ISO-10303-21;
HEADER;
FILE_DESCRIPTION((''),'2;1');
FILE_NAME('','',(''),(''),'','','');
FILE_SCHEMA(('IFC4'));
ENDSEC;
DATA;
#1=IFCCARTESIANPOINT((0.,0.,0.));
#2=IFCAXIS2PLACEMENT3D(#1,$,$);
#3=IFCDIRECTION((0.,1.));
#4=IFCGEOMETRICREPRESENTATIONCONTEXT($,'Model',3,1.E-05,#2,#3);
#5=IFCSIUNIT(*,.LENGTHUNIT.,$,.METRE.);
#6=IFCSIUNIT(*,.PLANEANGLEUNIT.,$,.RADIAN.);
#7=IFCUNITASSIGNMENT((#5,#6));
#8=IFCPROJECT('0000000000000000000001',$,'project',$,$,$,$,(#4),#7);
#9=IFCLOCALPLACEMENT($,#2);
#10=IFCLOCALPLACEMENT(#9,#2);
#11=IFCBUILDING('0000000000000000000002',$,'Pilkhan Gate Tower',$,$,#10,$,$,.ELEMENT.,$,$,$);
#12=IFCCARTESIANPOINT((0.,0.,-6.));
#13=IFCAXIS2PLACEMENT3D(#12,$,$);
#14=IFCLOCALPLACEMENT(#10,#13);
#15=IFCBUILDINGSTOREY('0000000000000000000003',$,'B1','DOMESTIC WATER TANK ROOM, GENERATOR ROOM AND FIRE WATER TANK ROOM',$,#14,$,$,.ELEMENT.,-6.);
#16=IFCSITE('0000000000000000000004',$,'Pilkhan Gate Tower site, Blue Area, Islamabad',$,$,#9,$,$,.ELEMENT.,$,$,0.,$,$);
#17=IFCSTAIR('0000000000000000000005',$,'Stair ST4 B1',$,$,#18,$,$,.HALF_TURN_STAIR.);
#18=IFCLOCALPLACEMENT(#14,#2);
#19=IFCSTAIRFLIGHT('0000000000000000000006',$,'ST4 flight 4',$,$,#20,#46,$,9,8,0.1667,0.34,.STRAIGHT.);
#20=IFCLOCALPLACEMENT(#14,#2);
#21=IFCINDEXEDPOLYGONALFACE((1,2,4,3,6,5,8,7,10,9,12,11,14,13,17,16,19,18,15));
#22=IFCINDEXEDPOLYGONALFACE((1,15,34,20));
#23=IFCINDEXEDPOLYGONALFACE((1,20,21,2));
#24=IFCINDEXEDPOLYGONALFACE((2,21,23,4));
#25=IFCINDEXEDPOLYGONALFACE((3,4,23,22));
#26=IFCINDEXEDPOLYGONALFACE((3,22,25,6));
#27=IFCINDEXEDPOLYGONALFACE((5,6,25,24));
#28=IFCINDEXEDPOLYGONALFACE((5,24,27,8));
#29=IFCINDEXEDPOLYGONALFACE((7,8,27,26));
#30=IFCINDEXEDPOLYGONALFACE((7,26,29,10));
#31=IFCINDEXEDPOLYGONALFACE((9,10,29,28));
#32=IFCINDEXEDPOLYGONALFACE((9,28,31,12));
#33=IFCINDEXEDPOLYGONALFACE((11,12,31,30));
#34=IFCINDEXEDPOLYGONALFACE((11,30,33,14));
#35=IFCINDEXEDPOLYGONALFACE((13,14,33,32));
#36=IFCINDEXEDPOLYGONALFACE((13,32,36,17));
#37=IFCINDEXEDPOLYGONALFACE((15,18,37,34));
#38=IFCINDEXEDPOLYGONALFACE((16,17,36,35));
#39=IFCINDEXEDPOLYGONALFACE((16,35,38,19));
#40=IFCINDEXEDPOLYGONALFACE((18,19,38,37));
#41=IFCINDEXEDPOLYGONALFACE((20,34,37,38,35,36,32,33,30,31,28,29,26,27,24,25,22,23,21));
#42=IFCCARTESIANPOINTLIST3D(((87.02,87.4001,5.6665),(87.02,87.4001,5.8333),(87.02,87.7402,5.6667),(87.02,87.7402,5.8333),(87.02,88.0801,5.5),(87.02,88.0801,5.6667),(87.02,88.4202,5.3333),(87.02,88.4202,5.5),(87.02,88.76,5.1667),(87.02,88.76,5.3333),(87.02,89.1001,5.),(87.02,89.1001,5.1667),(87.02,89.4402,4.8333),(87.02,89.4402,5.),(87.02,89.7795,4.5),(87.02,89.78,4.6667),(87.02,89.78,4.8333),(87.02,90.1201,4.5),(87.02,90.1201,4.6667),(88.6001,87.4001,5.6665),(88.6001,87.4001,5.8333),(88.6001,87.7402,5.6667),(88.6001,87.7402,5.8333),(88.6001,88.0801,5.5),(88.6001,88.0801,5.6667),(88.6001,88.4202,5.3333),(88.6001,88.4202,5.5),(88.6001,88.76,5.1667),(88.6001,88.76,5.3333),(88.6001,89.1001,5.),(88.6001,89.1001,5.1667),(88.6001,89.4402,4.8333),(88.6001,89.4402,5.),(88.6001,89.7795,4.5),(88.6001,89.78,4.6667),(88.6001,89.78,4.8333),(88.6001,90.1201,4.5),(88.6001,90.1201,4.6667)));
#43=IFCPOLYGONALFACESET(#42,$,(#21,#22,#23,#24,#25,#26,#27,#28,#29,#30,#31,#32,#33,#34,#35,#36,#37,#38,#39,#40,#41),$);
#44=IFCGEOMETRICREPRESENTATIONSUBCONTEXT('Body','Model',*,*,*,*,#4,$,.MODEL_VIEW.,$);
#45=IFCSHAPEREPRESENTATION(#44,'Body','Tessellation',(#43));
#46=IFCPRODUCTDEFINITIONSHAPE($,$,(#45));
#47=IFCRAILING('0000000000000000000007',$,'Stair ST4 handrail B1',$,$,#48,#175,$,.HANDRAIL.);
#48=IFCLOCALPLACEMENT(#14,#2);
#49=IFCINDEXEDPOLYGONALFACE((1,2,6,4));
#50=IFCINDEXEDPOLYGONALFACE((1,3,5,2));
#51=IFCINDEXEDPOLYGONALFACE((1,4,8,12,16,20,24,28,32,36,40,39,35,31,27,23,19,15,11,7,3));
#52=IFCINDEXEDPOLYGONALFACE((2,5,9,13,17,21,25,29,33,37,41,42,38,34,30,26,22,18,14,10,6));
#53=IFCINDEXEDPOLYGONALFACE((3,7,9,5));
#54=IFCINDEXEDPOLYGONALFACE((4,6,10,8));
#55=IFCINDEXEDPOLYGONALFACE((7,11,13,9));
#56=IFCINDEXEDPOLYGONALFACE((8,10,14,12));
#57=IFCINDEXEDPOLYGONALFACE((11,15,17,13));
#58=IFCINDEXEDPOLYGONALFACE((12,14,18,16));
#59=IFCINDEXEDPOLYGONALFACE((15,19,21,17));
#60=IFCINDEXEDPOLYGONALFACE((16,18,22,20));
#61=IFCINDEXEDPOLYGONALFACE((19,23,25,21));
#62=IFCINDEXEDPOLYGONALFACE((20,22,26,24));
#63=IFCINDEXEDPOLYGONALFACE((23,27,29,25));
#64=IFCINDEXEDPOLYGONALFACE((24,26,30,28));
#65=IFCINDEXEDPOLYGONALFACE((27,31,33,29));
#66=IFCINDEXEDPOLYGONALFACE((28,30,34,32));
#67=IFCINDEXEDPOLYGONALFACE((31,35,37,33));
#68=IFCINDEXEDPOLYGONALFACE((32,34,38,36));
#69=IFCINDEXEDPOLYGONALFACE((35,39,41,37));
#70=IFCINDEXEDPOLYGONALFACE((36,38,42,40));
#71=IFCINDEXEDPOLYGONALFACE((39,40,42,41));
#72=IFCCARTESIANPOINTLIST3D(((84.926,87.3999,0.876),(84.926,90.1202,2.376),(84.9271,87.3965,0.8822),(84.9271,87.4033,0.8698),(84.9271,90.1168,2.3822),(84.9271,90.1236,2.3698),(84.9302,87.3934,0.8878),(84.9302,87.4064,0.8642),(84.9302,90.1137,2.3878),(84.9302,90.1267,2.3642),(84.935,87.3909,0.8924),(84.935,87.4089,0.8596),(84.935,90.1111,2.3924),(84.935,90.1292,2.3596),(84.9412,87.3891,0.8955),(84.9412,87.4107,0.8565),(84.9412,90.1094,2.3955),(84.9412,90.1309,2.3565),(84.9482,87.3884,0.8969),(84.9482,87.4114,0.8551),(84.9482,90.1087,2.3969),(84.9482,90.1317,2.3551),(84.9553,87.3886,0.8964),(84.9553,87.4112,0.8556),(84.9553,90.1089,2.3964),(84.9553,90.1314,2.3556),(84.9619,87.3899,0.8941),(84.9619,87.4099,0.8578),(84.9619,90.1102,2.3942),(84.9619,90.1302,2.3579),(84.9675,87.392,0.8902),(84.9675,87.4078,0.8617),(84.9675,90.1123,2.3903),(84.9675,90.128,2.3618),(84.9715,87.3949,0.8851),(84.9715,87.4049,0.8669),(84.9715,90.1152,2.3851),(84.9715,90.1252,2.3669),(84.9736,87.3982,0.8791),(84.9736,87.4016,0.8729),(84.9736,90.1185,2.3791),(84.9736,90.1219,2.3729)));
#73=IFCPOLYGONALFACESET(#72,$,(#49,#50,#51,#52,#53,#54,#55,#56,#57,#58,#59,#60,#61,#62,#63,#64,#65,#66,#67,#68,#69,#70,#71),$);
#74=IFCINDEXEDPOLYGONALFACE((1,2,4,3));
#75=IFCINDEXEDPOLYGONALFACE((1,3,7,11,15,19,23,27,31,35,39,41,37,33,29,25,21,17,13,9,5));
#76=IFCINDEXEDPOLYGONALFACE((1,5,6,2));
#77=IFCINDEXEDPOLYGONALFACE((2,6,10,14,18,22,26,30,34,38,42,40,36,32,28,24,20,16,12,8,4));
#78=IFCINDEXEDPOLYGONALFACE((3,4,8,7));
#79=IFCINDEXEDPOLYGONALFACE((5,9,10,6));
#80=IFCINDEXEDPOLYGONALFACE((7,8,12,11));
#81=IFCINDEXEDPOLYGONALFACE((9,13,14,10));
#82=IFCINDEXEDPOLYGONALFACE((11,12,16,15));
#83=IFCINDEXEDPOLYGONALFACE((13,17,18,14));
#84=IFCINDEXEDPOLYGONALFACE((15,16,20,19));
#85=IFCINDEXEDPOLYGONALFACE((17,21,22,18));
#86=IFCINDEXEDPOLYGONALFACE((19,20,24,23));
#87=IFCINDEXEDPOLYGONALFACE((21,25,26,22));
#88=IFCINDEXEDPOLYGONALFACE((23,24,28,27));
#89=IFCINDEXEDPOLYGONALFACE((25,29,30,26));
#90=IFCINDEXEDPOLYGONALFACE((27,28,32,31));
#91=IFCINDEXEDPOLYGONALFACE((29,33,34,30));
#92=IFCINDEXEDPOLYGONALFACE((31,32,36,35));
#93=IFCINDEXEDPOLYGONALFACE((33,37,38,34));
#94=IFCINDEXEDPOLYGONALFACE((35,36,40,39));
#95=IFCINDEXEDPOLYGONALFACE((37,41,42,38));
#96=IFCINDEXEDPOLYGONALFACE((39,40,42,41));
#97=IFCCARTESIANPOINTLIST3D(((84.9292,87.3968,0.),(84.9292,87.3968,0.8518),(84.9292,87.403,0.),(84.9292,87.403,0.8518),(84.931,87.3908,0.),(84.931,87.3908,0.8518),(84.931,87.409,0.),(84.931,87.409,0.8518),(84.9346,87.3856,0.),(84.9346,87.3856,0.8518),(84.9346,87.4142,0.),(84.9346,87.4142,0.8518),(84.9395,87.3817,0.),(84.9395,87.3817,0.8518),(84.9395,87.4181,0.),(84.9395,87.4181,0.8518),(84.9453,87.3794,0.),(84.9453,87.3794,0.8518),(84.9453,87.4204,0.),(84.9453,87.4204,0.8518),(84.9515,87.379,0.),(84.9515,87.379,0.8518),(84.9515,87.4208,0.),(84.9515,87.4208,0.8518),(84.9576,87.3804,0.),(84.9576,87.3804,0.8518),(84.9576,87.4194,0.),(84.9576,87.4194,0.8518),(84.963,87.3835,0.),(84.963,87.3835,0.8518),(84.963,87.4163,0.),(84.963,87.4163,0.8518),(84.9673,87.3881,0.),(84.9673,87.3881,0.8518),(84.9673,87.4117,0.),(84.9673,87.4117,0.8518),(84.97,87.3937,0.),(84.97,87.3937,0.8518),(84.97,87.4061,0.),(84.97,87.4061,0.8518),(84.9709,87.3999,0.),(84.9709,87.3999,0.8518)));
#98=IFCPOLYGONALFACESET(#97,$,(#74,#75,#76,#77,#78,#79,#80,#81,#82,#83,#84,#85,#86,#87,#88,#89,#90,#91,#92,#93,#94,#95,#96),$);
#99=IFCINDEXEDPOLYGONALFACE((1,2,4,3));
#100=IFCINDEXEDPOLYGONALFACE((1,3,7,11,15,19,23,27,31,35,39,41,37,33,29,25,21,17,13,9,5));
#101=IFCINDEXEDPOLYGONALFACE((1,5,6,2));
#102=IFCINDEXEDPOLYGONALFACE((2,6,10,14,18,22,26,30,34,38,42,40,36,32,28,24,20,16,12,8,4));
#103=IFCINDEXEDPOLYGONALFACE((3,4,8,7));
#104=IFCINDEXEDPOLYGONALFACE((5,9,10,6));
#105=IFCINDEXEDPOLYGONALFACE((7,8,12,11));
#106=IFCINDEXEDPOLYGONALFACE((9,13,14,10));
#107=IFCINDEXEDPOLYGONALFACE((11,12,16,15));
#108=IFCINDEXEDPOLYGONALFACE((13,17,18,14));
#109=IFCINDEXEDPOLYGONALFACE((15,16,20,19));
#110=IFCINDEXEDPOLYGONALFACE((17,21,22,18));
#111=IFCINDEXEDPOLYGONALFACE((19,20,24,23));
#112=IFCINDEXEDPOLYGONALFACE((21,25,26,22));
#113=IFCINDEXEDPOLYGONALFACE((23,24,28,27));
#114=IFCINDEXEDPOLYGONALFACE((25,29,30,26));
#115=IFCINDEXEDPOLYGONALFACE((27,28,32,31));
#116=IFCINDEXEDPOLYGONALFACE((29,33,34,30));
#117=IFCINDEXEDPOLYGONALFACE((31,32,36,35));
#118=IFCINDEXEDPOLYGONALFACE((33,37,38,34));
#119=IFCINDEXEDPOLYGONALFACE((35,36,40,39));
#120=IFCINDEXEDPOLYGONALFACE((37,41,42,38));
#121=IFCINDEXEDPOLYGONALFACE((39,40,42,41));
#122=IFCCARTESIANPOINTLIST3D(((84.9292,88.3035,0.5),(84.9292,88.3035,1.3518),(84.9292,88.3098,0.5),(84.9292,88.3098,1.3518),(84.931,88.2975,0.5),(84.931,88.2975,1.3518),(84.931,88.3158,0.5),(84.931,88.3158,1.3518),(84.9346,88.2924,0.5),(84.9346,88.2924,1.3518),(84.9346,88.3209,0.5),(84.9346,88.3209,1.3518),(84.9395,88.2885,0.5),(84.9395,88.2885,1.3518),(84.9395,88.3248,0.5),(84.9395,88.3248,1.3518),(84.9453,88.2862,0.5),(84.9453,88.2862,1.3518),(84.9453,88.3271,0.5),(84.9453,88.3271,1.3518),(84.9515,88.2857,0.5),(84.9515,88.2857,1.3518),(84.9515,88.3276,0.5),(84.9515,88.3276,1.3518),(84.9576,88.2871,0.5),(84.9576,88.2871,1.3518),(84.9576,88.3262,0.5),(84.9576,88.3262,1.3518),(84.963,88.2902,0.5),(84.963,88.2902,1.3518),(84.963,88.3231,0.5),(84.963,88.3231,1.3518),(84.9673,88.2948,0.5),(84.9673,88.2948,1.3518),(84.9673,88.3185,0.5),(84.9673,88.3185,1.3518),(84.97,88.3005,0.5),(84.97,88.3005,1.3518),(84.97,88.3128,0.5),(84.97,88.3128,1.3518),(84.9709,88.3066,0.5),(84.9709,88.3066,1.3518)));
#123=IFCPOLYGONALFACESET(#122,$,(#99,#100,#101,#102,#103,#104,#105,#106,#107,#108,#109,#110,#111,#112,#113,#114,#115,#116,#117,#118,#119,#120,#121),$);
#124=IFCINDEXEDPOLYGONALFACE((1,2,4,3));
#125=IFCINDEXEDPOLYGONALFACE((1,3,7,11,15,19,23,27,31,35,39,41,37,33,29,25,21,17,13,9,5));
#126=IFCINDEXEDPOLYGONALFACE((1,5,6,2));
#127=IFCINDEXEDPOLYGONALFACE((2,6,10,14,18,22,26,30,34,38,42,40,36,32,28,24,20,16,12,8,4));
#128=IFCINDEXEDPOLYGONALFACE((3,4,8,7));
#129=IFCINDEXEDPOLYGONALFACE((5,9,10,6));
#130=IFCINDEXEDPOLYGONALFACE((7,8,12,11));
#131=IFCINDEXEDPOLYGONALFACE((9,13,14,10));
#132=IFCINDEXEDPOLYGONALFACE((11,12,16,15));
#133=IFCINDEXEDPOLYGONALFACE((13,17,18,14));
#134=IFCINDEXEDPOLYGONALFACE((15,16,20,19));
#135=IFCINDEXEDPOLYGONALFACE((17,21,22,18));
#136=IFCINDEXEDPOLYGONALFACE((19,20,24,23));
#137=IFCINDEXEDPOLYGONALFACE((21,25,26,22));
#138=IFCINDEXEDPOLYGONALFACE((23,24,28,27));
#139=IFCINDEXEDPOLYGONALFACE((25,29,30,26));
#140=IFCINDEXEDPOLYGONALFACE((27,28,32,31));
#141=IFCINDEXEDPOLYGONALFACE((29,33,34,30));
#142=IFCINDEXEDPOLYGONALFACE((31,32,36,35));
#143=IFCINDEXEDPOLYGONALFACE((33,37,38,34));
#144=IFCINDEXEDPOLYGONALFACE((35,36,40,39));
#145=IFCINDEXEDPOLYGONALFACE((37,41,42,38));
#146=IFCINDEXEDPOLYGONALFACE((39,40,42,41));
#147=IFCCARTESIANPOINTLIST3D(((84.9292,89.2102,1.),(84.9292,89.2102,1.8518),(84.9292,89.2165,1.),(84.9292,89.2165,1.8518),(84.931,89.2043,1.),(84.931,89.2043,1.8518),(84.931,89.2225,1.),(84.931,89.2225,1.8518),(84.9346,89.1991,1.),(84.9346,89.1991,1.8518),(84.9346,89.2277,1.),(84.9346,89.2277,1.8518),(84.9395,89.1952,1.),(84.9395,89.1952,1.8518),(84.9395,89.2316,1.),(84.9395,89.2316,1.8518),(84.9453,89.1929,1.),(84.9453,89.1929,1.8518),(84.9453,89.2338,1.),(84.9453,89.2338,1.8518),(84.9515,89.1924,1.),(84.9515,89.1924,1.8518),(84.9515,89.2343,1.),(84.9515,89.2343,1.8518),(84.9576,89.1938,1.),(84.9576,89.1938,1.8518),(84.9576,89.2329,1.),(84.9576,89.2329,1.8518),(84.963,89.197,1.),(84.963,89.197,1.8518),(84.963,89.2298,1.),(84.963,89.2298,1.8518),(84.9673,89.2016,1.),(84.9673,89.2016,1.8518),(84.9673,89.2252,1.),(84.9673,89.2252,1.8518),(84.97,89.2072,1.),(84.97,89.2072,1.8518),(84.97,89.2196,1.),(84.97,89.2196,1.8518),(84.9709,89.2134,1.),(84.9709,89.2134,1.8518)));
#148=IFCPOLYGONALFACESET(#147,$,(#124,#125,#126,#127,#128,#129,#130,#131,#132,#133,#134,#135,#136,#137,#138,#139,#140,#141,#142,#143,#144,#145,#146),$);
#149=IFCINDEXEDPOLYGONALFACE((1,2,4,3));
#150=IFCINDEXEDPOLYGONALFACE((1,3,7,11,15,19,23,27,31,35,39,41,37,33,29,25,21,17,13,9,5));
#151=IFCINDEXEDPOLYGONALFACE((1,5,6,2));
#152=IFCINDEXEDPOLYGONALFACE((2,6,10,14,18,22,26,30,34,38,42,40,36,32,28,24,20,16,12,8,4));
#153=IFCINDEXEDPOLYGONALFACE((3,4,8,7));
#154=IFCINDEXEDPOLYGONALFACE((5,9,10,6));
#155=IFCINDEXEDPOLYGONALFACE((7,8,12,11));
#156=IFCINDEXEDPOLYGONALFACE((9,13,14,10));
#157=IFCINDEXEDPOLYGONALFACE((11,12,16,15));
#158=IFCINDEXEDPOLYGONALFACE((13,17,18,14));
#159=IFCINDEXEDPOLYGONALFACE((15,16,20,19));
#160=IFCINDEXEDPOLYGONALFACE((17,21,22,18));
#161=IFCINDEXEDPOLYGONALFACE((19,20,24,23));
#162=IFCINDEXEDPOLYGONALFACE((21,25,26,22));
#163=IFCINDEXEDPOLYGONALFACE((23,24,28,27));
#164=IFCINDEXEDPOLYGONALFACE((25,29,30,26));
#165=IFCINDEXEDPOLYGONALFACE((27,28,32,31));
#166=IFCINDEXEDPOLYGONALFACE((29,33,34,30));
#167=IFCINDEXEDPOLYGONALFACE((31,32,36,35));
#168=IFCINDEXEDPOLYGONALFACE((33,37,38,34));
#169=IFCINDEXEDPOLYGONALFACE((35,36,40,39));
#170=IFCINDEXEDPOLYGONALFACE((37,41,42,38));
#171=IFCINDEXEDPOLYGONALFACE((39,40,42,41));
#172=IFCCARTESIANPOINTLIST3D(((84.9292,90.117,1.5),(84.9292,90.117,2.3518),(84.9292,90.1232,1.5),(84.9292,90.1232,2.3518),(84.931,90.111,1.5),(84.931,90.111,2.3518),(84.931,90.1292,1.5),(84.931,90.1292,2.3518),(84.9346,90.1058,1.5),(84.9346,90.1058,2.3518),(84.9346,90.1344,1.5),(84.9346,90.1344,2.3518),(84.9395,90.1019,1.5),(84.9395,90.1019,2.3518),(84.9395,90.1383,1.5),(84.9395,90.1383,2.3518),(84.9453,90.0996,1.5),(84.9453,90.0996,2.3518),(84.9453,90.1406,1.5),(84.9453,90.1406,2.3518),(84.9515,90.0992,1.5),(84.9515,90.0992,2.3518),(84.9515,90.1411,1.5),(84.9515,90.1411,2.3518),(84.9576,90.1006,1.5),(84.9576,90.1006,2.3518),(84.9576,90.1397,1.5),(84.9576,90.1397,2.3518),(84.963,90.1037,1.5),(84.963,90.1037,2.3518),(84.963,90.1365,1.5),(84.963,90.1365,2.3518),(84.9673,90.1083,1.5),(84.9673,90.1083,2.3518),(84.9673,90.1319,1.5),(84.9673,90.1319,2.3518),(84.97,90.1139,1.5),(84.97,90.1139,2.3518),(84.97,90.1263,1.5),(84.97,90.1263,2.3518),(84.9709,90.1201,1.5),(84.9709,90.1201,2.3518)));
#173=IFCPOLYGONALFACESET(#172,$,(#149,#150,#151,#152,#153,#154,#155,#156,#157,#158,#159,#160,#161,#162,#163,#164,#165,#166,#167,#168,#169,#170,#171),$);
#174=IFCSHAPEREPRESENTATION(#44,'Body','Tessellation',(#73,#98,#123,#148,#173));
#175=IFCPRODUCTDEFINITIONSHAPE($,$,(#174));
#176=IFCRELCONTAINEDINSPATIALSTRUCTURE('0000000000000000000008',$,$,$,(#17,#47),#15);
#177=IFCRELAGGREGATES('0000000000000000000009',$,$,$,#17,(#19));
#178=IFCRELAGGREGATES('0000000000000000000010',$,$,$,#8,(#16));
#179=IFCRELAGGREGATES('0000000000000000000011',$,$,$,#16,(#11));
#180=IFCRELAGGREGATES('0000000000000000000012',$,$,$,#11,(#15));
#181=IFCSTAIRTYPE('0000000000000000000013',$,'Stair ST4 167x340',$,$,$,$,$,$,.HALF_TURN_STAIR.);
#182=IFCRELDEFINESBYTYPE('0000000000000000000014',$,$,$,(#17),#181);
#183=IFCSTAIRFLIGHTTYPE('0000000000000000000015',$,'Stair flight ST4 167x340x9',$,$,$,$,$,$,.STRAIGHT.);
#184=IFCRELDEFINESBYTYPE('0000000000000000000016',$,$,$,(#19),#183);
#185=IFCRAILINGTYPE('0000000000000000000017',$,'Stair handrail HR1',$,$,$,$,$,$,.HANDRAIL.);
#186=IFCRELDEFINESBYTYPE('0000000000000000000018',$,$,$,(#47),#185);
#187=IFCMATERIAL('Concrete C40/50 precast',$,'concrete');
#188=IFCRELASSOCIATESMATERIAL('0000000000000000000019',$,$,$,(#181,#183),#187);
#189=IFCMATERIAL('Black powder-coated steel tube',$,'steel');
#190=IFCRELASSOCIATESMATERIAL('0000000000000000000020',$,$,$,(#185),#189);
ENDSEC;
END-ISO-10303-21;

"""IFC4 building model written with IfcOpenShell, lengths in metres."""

from ifc_helpers import new_model, si_unit, direction, frame, origin, origin_2d, place, context, subcontext, project, spatial, polyline, circle, outline, extrude, material, type_object, element, aggregate, save


model = new_model("IFC4")

# Units and contexts
model_context = context("Model", 3, precision=1e-05, world=origin(), true_north=direction((0.0, 1.0)))
body_context = subcontext(model_context, "Body", "Model", "MODEL_VIEW")
ifc_project = project(units=[si_unit("LENGTHUNIT", "METRE"), si_unit("PLANEANGLEUNIT", "RADIAN")], contexts=[model_context])

# Site, building, storey
site_placement = place(None, origin())
site = spatial("IfcSite", under=ifc_project, at=site_placement, Name="Pilkhan Gate Tower site, Blue Area, Islamabad", CompositionType="ELEMENT", RefElevation=0.0)
building_placement = place(site_placement, origin())
building = spatial("IfcBuilding", under=site, at=building_placement, Name="Pilkhan Gate Tower", CompositionType="ELEMENT")
storey_placement = place(building_placement, frame((0.0, 0.0, -6.0)))
storey = spatial("IfcBuildingStorey", under=building, at=storey_placement, Name="B1", Description="DOMESTIC WATER TANK ROOM, GENERATOR ROOM AND FIRE WATER TANK ROOM", CompositionType="ELEMENT", Elevation=-6.0)

# Stair, stair flight
ifc_material_1 = material(Name="Concrete C40/50 precast", Category="concrete")
stair_type = type_object("IfcStairType", Name="Stair ST4 167x340", PredefinedType="HALF_TURN_STAIR", material=ifc_material_1)
stair_placement = place(storey_placement, origin())
stair = element("IfcStair", 1, at=stair_placement, inside=storey, type_object=stair_type, Name="Stair ST4 B1", PredefinedType="HALF_TURN_STAIR")
stair_flight_type = type_object("IfcStairFlightType", Name="Stair flight ST4 167x340x9", PredefinedType="STRAIGHT", material=ifc_material_1)
stair_flight_1_placement = place(storey_placement, frame((87.8101, 90.1201, 4.5), z_axis=(0.0, 0.0, 1.0), x_axis=(0.0, -1.0, 0.0)))
stair_flight_1 = element("IfcStairFlight", 2, at=stair_flight_1_placement, type_object=stair_flight_type, Name="ST4 flight 4", NumberOfRisers=9, NumberOfTreads=8, PredefinedType="STRAIGHT", RiserHeight=0.1667, TreadLength=0.34, context=body_context, shape_type="SweptSolid", body=[
    extrude(outline(polyline([(0.0, 0.0), (0.0, 0.1667), (0.3401, 0.1667), (0.3401, 0.3333), (0.6799, 0.3333), (0.6799, 0.5), (1.02, 0.5), (1.02, 0.6667), (1.3601, 0.6667), (1.3601, 0.8333), (1.7, 0.8333), (1.7, 1.0), (2.04, 1.0), (2.04, 1.1667), (2.3799, 1.1667), (2.3799, 1.3333), (2.72, 1.3333), (2.72, 1.5), (2.72, 1.1665), (0.3406, 0.0), (0.0, 0.0)])), frame((0.0, 0.79, 0.0), z_axis=(0.0, -1.0, 0.0), x_axis=(1.0, 0.0, 0.0)), (0.0, 0.0, 1.0), 1.5801),
])
aggregate(stair, [stair_flight_1])

# Railing
ifc_material_2 = material(Name="Black powder-coated steel tube", Category="steel")
railing_type_1 = type_object("IfcRailingType", Name="Stair handrail HR1", PredefinedType="HANDRAIL", material=ifc_material_2)
for number, where, name in (
    (3, (84.95, 87.3999, 0.0), "Stair ST4 handrail B1"),
):
    element("IfcRailing", number, at=place(storey_placement, frame(where)), inside=storey, type_object=railing_type_1, Name=name, PredefinedType="HANDRAIL", context=body_context, shape_type="SweptSolid", body=[
        extrude(circle(Radius=0.0239, at=origin_2d()), frame((0.0, 0.0, 0.876), z_axis=(0.0, 0.875688, 0.482878), x_axis=(-1.0, 0.0, 0.0)), (0.0, 0.0, 1.0), 3.1064),
        extrude(circle(Radius=0.021, at=origin_2d()), origin(), (0.0, 0.0, 1.0), 0.8518),
        extrude(circle(Radius=0.021, at=origin_2d()), frame((0.0, 0.9067, 0.5)), (0.0, 0.0, 1.0), 0.8518),
        extrude(circle(Radius=0.021, at=origin_2d()), frame((0.0, 1.8135, 1.0)), (0.0, 0.0, 1.0), 0.8518),
        extrude(circle(Radius=0.021, at=origin_2d()), frame((0.0, 2.7202, 1.5)), (0.0, 0.0, 1.0), 0.8518),
    ])

save(model, "model.ifc")
